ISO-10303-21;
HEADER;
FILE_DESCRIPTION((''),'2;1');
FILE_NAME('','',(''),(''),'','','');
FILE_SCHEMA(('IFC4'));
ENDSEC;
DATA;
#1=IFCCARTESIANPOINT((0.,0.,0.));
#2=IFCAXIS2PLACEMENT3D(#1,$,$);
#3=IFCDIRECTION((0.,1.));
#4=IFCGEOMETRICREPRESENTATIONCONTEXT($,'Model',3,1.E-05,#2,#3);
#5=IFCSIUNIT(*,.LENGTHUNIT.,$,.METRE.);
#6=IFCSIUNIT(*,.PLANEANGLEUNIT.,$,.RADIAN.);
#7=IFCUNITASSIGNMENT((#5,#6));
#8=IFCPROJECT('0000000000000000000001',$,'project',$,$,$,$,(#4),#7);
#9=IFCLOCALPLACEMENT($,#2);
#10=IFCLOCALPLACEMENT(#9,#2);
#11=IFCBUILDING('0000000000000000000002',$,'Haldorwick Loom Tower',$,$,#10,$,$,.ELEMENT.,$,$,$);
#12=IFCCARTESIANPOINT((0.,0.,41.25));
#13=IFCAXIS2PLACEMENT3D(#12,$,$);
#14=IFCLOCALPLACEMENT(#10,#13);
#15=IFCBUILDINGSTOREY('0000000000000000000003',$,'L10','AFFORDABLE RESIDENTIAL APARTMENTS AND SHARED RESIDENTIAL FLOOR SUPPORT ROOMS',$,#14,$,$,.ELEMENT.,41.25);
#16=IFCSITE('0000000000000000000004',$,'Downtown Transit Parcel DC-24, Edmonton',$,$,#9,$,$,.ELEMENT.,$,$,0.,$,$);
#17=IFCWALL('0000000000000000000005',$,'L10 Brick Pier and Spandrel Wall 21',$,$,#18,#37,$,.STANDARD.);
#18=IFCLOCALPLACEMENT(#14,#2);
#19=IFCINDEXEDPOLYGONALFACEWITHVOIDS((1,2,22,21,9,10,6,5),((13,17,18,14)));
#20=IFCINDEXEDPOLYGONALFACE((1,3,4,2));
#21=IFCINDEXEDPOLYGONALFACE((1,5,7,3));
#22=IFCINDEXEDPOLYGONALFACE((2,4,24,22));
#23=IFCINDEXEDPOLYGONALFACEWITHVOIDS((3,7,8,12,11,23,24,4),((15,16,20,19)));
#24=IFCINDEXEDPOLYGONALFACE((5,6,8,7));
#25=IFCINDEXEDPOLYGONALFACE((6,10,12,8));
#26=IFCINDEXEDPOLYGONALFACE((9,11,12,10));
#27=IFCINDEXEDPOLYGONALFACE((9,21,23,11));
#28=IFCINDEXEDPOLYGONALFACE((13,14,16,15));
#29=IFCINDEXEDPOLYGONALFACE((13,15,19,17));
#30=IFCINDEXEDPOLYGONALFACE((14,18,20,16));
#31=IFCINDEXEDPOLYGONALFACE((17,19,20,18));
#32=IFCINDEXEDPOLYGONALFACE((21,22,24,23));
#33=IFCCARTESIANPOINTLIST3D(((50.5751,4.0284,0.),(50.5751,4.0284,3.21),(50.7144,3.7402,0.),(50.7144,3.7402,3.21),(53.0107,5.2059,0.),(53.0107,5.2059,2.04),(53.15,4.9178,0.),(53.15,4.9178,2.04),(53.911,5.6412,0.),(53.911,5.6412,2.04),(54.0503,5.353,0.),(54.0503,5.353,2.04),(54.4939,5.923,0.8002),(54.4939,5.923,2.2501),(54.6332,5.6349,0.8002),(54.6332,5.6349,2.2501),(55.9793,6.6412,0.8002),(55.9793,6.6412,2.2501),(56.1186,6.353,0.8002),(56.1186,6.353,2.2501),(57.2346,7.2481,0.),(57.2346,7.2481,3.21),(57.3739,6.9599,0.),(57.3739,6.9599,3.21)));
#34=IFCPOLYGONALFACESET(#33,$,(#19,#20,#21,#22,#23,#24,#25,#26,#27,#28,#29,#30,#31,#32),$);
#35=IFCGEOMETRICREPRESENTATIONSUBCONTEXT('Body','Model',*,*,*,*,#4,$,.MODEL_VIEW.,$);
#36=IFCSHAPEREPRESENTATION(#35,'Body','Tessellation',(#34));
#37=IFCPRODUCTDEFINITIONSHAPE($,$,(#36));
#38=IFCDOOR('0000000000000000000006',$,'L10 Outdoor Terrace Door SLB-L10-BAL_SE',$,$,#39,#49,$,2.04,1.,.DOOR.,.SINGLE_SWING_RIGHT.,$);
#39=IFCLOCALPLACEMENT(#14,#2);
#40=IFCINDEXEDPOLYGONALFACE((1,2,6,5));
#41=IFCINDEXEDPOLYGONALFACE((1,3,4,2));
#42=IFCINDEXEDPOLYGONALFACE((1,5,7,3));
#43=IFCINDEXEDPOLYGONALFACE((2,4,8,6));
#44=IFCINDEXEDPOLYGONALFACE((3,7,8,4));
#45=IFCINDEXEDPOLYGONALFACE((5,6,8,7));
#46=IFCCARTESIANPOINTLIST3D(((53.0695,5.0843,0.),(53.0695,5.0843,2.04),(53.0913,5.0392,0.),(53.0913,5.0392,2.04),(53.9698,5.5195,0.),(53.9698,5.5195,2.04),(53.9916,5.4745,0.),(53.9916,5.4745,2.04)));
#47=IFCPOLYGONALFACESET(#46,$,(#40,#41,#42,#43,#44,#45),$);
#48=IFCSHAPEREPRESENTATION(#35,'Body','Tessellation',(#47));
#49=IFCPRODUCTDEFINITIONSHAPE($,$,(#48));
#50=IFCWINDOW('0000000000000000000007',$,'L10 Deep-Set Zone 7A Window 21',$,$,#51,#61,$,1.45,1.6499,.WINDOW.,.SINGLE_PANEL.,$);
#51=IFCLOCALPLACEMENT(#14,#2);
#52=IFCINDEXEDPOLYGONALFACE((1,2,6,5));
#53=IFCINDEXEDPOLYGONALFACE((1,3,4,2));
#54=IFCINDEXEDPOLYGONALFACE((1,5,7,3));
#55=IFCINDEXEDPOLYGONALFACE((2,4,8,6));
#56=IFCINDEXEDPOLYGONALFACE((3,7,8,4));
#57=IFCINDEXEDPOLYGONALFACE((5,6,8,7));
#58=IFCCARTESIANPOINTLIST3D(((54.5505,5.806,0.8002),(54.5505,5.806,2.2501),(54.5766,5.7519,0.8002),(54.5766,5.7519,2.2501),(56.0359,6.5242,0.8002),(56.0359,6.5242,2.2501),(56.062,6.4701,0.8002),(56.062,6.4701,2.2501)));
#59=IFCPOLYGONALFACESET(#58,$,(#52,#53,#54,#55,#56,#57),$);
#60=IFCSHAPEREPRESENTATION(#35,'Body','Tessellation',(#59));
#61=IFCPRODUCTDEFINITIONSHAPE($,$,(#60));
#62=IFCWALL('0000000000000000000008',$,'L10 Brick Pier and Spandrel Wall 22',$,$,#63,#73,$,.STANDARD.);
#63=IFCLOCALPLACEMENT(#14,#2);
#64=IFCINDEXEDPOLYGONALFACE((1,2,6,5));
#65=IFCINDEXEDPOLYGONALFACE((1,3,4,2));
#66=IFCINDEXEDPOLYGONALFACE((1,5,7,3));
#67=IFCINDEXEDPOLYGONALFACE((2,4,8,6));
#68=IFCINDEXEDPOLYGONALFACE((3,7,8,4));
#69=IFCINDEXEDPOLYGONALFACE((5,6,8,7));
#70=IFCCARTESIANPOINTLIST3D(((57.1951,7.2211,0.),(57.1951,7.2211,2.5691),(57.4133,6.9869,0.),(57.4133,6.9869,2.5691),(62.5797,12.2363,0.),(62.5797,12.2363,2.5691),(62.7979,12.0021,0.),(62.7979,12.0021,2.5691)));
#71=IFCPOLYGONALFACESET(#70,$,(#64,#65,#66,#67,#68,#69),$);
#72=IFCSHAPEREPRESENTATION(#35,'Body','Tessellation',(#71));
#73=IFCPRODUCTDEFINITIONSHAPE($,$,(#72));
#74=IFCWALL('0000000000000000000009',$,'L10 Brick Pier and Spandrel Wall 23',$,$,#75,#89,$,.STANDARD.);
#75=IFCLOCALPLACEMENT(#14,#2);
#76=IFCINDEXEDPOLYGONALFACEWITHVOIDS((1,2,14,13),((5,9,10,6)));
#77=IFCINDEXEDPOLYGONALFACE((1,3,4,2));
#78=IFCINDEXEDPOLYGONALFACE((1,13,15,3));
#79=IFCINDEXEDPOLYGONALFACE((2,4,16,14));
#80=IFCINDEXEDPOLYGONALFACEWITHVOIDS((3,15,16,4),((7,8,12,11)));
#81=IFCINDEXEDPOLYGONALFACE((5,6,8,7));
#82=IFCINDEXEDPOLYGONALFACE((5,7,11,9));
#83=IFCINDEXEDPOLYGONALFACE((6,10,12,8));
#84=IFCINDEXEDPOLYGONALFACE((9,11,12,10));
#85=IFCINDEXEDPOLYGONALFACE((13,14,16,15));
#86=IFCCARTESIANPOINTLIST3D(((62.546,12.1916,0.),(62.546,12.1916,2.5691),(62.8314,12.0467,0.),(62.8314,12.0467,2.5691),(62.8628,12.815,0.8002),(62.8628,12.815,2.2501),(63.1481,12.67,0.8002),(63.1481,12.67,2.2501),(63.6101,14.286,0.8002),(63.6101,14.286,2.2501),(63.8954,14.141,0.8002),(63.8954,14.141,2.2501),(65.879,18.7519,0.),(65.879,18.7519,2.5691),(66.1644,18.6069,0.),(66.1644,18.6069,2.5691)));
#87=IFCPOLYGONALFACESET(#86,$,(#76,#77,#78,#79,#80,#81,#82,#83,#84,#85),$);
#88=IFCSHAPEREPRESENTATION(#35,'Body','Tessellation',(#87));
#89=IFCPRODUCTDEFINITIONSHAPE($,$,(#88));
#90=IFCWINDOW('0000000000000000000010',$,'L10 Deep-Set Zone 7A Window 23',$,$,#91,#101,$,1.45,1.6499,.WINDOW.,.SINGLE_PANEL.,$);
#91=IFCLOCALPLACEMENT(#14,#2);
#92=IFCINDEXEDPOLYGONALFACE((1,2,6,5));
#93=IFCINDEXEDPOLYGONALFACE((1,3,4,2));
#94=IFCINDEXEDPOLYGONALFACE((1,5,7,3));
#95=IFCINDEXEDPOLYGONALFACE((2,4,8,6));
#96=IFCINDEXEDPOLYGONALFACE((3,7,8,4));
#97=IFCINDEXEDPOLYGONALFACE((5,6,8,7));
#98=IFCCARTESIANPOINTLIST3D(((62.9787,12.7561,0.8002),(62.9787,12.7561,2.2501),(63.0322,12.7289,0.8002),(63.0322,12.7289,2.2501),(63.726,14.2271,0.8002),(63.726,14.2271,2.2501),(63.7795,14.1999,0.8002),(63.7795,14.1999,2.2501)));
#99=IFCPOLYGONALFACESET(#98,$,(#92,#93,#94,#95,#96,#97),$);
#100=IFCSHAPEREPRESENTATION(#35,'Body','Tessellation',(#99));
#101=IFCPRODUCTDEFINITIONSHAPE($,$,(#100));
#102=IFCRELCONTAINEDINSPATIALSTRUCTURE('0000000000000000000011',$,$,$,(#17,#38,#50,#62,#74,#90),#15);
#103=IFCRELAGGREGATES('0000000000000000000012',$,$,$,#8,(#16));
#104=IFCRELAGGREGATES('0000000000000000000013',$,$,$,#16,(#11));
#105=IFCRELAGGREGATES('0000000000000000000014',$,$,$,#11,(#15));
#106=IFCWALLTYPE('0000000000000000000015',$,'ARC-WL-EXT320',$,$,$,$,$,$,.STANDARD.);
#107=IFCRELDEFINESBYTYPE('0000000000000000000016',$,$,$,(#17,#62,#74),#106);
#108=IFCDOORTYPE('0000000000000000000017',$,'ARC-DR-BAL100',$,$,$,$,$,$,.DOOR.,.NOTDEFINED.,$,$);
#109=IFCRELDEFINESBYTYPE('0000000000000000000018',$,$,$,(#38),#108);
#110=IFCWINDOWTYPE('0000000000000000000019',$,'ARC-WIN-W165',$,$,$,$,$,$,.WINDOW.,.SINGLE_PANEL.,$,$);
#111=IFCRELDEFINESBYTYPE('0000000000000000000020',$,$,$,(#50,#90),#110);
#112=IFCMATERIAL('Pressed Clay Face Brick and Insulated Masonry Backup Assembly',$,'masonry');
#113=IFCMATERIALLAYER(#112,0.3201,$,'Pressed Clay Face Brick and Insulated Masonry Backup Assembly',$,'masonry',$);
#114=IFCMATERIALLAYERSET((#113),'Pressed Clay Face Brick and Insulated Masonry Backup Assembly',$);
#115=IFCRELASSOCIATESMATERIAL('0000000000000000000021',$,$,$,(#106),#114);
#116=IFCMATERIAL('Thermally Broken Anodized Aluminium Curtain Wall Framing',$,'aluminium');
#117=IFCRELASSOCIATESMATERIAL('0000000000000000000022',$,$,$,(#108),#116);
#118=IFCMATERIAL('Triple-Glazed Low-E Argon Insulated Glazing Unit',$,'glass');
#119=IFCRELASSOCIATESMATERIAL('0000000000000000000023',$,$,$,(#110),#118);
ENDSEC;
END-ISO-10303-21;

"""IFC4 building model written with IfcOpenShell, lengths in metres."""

from ifc_helpers import new_model, si_unit, direction, frame, frame_2d, origin, place, context, subcontext, project, spatial, rectangle, extrude, material, layer, layer_set, type_object, element, fill, save


model = new_model("IFC4")

# Units and contexts
model_context = context("Model", 3, precision=1e-05, world=origin(), true_north=direction((0.0, 1.0)))
body_context = subcontext(model_context, "Body", "Model", "MODEL_VIEW")
ifc_project = project(units=[si_unit("LENGTHUNIT", "METRE"), si_unit("PLANEANGLEUNIT", "RADIAN")], contexts=[model_context])

# Site, building, storey
site_placement = place(None, origin())
site = spatial("IfcSite", under=ifc_project, at=site_placement, Name="Downtown Transit Parcel DC-24, Edmonton", CompositionType="ELEMENT", RefElevation=0.0)
building_placement = place(site_placement, origin())
building = spatial("IfcBuilding", under=site, at=building_placement, Name="Haldorwick Loom Tower", CompositionType="ELEMENT")
storey_placement = place(building_placement, frame((0.0, 0.0, 41.25)))
storey = spatial("IfcBuildingStorey", under=building, at=storey_placement, Name="L10", Description="AFFORDABLE RESIDENTIAL APARTMENTS AND SHARED RESIDENTIAL FLOOR SUPPORT ROOMS", CompositionType="ELEMENT", Elevation=41.25)

# Wall, openings, door, window
ifc_material_1 = material(Name="Pressed Clay Face Brick and Insulated Masonry Backup Assembly", Category="masonry")
ifc_layer = layer(ifc_material_1, 0.3201, Name="Pressed Clay Face Brick and Insulated Masonry Backup Assembly", Category="masonry")
ifc_layer_set = layer_set([ifc_layer], Name="Pressed Clay Face Brick and Insulated Masonry Backup Assembly")
wall_type = type_object("IfcWallType", Name="ARC-WL-EXT320", PredefinedType="STANDARD", material=ifc_layer_set)
wall_1_placement = place(storey_placement, frame((50.6448, 3.8843, 0.0), z_axis=(0.0, 0.0, 1.0), x_axis=(0.900296, 0.435279, 0.0)))
wall_1 = element("IfcWall", 1, at=wall_1_placement, inside=storey, type_object=wall_type, Name="L10 Brick Pier and Spandrel Wall 21", PredefinedType="STANDARD", context=body_context, shape_type="SweptSolid", body=[
    extrude(rectangle(XDim=7.397, YDim=0.3201, at=frame_2d((3.6985, 0.0))), origin(), (0.0, 0.0, 1.0), 3.21),
])
opening_1_placement = place(wall_1_placement, frame((2.7053, 0.0, 0.0)))
opening_1 = element("IfcOpeningElement", 2, at=opening_1_placement, cuts=wall_1, PredefinedType="OPENING", context=body_context, shape_type="SweptSolid", body=[
    extrude(rectangle(XDim=1.0, YDim=2.04, at=frame_2d((0.5, 1.02))), frame((0.0, 0.1699, 0.0), z_axis=(0.0, -1.0, 0.0), x_axis=(1.0, 0.0, 0.0)), (0.0, 0.0, 1.0), 0.3401),
])
opening_2_placement = place(wall_1_placement, frame((4.3528, 0.0, 0.8)))
opening_2 = element("IfcOpeningElement", 3, at=opening_2_placement, cuts=wall_1, PredefinedType="OPENING", context=body_context, shape_type="SweptSolid", body=[
    extrude(rectangle(XDim=1.6499, YDim=1.45, at=frame_2d((0.825, 0.7251))), frame((0.0, 0.1699, 0.0), z_axis=(0.0, -1.0, 0.0), x_axis=(1.0, 0.0, 0.0)), (0.0, 0.0, 1.0), 0.3401),
])
ifc_material_2 = material(Name="Thermally Broken Anodized Aluminium Curtain Wall Framing", Category="aluminium")
door_type = type_object("IfcDoorType", Name="ARC-DR-BAL100", OperationType="NOTDEFINED", PredefinedType="DOOR", material=ifc_material_2)
door_placement = place(opening_1_placement, origin())
door = element("IfcDoor", 4, at=door_placement, inside=storey, type_object=door_type, Name="L10 Outdoor Terrace Door SLB-L10-BAL_SE", OperationType="SINGLE_SWING_RIGHT", OverallHeight=2.04, OverallWidth=1.0, PredefinedType="DOOR", context=body_context, shape_type="SweptSolid", body=[
    extrude(rectangle(XDim=1.0, YDim=2.04, at=frame_2d((0.5, 1.02))), frame((0.0, 0.0249, 0.0), z_axis=(0.0, -1.0, 0.0), x_axis=(1.0, 0.0, 0.0)), (0.0, 0.0, 1.0), 0.05),
])
fill(opening_1, door)
ifc_material_3 = material(Name="Triple-Glazed Low-E Argon Insulated Glazing Unit", Category="glass")
window_type = type_object("IfcWindowType", Name="ARC-WIN-W165", PartitioningType="SINGLE_PANEL", PredefinedType="WINDOW", material=ifc_material_3)
window_1_placement = place(opening_2_placement, origin())
window_1 = element("IfcWindow", 5, at=window_1_placement, inside=storey, type_object=window_type, Name="L10 Deep-Set Zone 7A Window 21", OverallHeight=1.45, OverallWidth=1.6499, PartitioningType="SINGLE_PANEL", PredefinedType="WINDOW", context=body_context, shape_type="SweptSolid", body=[
    extrude(rectangle(XDim=1.6499, YDim=1.45, at=frame_2d((0.825, 0.7251))), frame((0.0, 0.03, 0.0), z_axis=(0.0, -1.0, 0.0), x_axis=(1.0, 0.0, 0.0)), (0.0, 0.0, 1.0), 0.0601),
])
fill(opening_2, window_1)

# Wall
wall_2_placement = place(storey_placement, frame((57.3042, 7.104, 0.0), z_axis=(0.0, 0.0, 1.0), x_axis=(0.731761, 0.681561, 0.0)))
element("IfcWall", 6, at=wall_2_placement, inside=storey, type_object=wall_type, Name="L10 Brick Pier and Spandrel Wall 22", PredefinedType="STANDARD", context=body_context, shape_type="SweptSolid", body=[
    extrude(rectangle(XDim=7.3584, YDim=0.3201, at=frame_2d((3.6792, 0.0))), origin(), (0.0, 0.0, 1.0), 2.5691),
])

# Wall, opening, window
wall_3_placement = place(storey_placement, frame((62.6887, 12.1191, 0.0), z_axis=(0.0, 0.0, 1.0), x_axis=(0.452951, 0.891535, 0.0)))
wall_3 = element("IfcWall", 7, at=wall_3_placement, inside=storey, type_object=wall_type, Name="L10 Brick Pier and Spandrel Wall 23", PredefinedType="STANDARD", context=body_context, shape_type="SweptSolid", body=[
    extrude(rectangle(XDim=7.3584, YDim=0.3201, at=frame_2d((3.6792, 0.0))), origin(), (0.0, 0.0, 1.0), 2.5691),
])
opening_3_placement = place(wall_3_placement, frame((0.6992, 0.0, 0.8)))
opening_3 = element("IfcOpeningElement", 8, at=opening_3_placement, cuts=wall_3, PredefinedType="OPENING", context=body_context, shape_type="SweptSolid", body=[
    extrude(rectangle(XDim=1.6499, YDim=1.45, at=frame_2d((0.825, 0.7251))), frame((0.0, 0.1699, 0.0), z_axis=(0.0, -1.0, 0.0), x_axis=(1.0, 0.0, 0.0)), (0.0, 0.0, 1.0), 0.3401),
])
window_2_placement = place(opening_3_placement, origin())
window_2 = element("IfcWindow", 9, at=window_2_placement, inside=storey, type_object=window_type, Name="L10 Deep-Set Zone 7A Window 23", OverallHeight=1.45, OverallWidth=1.6499, PartitioningType="SINGLE_PANEL", PredefinedType="WINDOW", context=body_context, shape_type="SweptSolid", body=[
    extrude(rectangle(XDim=1.6499, YDim=1.45, at=frame_2d((0.825, 0.7251))), frame((0.0, 0.03, 0.0), z_axis=(0.0, -1.0, 0.0), x_axis=(1.0, 0.0, 0.0)), (0.0, 0.0, 1.0), 0.0601),
])
fill(opening_3, window_2)

save(model, "model.ifc")
